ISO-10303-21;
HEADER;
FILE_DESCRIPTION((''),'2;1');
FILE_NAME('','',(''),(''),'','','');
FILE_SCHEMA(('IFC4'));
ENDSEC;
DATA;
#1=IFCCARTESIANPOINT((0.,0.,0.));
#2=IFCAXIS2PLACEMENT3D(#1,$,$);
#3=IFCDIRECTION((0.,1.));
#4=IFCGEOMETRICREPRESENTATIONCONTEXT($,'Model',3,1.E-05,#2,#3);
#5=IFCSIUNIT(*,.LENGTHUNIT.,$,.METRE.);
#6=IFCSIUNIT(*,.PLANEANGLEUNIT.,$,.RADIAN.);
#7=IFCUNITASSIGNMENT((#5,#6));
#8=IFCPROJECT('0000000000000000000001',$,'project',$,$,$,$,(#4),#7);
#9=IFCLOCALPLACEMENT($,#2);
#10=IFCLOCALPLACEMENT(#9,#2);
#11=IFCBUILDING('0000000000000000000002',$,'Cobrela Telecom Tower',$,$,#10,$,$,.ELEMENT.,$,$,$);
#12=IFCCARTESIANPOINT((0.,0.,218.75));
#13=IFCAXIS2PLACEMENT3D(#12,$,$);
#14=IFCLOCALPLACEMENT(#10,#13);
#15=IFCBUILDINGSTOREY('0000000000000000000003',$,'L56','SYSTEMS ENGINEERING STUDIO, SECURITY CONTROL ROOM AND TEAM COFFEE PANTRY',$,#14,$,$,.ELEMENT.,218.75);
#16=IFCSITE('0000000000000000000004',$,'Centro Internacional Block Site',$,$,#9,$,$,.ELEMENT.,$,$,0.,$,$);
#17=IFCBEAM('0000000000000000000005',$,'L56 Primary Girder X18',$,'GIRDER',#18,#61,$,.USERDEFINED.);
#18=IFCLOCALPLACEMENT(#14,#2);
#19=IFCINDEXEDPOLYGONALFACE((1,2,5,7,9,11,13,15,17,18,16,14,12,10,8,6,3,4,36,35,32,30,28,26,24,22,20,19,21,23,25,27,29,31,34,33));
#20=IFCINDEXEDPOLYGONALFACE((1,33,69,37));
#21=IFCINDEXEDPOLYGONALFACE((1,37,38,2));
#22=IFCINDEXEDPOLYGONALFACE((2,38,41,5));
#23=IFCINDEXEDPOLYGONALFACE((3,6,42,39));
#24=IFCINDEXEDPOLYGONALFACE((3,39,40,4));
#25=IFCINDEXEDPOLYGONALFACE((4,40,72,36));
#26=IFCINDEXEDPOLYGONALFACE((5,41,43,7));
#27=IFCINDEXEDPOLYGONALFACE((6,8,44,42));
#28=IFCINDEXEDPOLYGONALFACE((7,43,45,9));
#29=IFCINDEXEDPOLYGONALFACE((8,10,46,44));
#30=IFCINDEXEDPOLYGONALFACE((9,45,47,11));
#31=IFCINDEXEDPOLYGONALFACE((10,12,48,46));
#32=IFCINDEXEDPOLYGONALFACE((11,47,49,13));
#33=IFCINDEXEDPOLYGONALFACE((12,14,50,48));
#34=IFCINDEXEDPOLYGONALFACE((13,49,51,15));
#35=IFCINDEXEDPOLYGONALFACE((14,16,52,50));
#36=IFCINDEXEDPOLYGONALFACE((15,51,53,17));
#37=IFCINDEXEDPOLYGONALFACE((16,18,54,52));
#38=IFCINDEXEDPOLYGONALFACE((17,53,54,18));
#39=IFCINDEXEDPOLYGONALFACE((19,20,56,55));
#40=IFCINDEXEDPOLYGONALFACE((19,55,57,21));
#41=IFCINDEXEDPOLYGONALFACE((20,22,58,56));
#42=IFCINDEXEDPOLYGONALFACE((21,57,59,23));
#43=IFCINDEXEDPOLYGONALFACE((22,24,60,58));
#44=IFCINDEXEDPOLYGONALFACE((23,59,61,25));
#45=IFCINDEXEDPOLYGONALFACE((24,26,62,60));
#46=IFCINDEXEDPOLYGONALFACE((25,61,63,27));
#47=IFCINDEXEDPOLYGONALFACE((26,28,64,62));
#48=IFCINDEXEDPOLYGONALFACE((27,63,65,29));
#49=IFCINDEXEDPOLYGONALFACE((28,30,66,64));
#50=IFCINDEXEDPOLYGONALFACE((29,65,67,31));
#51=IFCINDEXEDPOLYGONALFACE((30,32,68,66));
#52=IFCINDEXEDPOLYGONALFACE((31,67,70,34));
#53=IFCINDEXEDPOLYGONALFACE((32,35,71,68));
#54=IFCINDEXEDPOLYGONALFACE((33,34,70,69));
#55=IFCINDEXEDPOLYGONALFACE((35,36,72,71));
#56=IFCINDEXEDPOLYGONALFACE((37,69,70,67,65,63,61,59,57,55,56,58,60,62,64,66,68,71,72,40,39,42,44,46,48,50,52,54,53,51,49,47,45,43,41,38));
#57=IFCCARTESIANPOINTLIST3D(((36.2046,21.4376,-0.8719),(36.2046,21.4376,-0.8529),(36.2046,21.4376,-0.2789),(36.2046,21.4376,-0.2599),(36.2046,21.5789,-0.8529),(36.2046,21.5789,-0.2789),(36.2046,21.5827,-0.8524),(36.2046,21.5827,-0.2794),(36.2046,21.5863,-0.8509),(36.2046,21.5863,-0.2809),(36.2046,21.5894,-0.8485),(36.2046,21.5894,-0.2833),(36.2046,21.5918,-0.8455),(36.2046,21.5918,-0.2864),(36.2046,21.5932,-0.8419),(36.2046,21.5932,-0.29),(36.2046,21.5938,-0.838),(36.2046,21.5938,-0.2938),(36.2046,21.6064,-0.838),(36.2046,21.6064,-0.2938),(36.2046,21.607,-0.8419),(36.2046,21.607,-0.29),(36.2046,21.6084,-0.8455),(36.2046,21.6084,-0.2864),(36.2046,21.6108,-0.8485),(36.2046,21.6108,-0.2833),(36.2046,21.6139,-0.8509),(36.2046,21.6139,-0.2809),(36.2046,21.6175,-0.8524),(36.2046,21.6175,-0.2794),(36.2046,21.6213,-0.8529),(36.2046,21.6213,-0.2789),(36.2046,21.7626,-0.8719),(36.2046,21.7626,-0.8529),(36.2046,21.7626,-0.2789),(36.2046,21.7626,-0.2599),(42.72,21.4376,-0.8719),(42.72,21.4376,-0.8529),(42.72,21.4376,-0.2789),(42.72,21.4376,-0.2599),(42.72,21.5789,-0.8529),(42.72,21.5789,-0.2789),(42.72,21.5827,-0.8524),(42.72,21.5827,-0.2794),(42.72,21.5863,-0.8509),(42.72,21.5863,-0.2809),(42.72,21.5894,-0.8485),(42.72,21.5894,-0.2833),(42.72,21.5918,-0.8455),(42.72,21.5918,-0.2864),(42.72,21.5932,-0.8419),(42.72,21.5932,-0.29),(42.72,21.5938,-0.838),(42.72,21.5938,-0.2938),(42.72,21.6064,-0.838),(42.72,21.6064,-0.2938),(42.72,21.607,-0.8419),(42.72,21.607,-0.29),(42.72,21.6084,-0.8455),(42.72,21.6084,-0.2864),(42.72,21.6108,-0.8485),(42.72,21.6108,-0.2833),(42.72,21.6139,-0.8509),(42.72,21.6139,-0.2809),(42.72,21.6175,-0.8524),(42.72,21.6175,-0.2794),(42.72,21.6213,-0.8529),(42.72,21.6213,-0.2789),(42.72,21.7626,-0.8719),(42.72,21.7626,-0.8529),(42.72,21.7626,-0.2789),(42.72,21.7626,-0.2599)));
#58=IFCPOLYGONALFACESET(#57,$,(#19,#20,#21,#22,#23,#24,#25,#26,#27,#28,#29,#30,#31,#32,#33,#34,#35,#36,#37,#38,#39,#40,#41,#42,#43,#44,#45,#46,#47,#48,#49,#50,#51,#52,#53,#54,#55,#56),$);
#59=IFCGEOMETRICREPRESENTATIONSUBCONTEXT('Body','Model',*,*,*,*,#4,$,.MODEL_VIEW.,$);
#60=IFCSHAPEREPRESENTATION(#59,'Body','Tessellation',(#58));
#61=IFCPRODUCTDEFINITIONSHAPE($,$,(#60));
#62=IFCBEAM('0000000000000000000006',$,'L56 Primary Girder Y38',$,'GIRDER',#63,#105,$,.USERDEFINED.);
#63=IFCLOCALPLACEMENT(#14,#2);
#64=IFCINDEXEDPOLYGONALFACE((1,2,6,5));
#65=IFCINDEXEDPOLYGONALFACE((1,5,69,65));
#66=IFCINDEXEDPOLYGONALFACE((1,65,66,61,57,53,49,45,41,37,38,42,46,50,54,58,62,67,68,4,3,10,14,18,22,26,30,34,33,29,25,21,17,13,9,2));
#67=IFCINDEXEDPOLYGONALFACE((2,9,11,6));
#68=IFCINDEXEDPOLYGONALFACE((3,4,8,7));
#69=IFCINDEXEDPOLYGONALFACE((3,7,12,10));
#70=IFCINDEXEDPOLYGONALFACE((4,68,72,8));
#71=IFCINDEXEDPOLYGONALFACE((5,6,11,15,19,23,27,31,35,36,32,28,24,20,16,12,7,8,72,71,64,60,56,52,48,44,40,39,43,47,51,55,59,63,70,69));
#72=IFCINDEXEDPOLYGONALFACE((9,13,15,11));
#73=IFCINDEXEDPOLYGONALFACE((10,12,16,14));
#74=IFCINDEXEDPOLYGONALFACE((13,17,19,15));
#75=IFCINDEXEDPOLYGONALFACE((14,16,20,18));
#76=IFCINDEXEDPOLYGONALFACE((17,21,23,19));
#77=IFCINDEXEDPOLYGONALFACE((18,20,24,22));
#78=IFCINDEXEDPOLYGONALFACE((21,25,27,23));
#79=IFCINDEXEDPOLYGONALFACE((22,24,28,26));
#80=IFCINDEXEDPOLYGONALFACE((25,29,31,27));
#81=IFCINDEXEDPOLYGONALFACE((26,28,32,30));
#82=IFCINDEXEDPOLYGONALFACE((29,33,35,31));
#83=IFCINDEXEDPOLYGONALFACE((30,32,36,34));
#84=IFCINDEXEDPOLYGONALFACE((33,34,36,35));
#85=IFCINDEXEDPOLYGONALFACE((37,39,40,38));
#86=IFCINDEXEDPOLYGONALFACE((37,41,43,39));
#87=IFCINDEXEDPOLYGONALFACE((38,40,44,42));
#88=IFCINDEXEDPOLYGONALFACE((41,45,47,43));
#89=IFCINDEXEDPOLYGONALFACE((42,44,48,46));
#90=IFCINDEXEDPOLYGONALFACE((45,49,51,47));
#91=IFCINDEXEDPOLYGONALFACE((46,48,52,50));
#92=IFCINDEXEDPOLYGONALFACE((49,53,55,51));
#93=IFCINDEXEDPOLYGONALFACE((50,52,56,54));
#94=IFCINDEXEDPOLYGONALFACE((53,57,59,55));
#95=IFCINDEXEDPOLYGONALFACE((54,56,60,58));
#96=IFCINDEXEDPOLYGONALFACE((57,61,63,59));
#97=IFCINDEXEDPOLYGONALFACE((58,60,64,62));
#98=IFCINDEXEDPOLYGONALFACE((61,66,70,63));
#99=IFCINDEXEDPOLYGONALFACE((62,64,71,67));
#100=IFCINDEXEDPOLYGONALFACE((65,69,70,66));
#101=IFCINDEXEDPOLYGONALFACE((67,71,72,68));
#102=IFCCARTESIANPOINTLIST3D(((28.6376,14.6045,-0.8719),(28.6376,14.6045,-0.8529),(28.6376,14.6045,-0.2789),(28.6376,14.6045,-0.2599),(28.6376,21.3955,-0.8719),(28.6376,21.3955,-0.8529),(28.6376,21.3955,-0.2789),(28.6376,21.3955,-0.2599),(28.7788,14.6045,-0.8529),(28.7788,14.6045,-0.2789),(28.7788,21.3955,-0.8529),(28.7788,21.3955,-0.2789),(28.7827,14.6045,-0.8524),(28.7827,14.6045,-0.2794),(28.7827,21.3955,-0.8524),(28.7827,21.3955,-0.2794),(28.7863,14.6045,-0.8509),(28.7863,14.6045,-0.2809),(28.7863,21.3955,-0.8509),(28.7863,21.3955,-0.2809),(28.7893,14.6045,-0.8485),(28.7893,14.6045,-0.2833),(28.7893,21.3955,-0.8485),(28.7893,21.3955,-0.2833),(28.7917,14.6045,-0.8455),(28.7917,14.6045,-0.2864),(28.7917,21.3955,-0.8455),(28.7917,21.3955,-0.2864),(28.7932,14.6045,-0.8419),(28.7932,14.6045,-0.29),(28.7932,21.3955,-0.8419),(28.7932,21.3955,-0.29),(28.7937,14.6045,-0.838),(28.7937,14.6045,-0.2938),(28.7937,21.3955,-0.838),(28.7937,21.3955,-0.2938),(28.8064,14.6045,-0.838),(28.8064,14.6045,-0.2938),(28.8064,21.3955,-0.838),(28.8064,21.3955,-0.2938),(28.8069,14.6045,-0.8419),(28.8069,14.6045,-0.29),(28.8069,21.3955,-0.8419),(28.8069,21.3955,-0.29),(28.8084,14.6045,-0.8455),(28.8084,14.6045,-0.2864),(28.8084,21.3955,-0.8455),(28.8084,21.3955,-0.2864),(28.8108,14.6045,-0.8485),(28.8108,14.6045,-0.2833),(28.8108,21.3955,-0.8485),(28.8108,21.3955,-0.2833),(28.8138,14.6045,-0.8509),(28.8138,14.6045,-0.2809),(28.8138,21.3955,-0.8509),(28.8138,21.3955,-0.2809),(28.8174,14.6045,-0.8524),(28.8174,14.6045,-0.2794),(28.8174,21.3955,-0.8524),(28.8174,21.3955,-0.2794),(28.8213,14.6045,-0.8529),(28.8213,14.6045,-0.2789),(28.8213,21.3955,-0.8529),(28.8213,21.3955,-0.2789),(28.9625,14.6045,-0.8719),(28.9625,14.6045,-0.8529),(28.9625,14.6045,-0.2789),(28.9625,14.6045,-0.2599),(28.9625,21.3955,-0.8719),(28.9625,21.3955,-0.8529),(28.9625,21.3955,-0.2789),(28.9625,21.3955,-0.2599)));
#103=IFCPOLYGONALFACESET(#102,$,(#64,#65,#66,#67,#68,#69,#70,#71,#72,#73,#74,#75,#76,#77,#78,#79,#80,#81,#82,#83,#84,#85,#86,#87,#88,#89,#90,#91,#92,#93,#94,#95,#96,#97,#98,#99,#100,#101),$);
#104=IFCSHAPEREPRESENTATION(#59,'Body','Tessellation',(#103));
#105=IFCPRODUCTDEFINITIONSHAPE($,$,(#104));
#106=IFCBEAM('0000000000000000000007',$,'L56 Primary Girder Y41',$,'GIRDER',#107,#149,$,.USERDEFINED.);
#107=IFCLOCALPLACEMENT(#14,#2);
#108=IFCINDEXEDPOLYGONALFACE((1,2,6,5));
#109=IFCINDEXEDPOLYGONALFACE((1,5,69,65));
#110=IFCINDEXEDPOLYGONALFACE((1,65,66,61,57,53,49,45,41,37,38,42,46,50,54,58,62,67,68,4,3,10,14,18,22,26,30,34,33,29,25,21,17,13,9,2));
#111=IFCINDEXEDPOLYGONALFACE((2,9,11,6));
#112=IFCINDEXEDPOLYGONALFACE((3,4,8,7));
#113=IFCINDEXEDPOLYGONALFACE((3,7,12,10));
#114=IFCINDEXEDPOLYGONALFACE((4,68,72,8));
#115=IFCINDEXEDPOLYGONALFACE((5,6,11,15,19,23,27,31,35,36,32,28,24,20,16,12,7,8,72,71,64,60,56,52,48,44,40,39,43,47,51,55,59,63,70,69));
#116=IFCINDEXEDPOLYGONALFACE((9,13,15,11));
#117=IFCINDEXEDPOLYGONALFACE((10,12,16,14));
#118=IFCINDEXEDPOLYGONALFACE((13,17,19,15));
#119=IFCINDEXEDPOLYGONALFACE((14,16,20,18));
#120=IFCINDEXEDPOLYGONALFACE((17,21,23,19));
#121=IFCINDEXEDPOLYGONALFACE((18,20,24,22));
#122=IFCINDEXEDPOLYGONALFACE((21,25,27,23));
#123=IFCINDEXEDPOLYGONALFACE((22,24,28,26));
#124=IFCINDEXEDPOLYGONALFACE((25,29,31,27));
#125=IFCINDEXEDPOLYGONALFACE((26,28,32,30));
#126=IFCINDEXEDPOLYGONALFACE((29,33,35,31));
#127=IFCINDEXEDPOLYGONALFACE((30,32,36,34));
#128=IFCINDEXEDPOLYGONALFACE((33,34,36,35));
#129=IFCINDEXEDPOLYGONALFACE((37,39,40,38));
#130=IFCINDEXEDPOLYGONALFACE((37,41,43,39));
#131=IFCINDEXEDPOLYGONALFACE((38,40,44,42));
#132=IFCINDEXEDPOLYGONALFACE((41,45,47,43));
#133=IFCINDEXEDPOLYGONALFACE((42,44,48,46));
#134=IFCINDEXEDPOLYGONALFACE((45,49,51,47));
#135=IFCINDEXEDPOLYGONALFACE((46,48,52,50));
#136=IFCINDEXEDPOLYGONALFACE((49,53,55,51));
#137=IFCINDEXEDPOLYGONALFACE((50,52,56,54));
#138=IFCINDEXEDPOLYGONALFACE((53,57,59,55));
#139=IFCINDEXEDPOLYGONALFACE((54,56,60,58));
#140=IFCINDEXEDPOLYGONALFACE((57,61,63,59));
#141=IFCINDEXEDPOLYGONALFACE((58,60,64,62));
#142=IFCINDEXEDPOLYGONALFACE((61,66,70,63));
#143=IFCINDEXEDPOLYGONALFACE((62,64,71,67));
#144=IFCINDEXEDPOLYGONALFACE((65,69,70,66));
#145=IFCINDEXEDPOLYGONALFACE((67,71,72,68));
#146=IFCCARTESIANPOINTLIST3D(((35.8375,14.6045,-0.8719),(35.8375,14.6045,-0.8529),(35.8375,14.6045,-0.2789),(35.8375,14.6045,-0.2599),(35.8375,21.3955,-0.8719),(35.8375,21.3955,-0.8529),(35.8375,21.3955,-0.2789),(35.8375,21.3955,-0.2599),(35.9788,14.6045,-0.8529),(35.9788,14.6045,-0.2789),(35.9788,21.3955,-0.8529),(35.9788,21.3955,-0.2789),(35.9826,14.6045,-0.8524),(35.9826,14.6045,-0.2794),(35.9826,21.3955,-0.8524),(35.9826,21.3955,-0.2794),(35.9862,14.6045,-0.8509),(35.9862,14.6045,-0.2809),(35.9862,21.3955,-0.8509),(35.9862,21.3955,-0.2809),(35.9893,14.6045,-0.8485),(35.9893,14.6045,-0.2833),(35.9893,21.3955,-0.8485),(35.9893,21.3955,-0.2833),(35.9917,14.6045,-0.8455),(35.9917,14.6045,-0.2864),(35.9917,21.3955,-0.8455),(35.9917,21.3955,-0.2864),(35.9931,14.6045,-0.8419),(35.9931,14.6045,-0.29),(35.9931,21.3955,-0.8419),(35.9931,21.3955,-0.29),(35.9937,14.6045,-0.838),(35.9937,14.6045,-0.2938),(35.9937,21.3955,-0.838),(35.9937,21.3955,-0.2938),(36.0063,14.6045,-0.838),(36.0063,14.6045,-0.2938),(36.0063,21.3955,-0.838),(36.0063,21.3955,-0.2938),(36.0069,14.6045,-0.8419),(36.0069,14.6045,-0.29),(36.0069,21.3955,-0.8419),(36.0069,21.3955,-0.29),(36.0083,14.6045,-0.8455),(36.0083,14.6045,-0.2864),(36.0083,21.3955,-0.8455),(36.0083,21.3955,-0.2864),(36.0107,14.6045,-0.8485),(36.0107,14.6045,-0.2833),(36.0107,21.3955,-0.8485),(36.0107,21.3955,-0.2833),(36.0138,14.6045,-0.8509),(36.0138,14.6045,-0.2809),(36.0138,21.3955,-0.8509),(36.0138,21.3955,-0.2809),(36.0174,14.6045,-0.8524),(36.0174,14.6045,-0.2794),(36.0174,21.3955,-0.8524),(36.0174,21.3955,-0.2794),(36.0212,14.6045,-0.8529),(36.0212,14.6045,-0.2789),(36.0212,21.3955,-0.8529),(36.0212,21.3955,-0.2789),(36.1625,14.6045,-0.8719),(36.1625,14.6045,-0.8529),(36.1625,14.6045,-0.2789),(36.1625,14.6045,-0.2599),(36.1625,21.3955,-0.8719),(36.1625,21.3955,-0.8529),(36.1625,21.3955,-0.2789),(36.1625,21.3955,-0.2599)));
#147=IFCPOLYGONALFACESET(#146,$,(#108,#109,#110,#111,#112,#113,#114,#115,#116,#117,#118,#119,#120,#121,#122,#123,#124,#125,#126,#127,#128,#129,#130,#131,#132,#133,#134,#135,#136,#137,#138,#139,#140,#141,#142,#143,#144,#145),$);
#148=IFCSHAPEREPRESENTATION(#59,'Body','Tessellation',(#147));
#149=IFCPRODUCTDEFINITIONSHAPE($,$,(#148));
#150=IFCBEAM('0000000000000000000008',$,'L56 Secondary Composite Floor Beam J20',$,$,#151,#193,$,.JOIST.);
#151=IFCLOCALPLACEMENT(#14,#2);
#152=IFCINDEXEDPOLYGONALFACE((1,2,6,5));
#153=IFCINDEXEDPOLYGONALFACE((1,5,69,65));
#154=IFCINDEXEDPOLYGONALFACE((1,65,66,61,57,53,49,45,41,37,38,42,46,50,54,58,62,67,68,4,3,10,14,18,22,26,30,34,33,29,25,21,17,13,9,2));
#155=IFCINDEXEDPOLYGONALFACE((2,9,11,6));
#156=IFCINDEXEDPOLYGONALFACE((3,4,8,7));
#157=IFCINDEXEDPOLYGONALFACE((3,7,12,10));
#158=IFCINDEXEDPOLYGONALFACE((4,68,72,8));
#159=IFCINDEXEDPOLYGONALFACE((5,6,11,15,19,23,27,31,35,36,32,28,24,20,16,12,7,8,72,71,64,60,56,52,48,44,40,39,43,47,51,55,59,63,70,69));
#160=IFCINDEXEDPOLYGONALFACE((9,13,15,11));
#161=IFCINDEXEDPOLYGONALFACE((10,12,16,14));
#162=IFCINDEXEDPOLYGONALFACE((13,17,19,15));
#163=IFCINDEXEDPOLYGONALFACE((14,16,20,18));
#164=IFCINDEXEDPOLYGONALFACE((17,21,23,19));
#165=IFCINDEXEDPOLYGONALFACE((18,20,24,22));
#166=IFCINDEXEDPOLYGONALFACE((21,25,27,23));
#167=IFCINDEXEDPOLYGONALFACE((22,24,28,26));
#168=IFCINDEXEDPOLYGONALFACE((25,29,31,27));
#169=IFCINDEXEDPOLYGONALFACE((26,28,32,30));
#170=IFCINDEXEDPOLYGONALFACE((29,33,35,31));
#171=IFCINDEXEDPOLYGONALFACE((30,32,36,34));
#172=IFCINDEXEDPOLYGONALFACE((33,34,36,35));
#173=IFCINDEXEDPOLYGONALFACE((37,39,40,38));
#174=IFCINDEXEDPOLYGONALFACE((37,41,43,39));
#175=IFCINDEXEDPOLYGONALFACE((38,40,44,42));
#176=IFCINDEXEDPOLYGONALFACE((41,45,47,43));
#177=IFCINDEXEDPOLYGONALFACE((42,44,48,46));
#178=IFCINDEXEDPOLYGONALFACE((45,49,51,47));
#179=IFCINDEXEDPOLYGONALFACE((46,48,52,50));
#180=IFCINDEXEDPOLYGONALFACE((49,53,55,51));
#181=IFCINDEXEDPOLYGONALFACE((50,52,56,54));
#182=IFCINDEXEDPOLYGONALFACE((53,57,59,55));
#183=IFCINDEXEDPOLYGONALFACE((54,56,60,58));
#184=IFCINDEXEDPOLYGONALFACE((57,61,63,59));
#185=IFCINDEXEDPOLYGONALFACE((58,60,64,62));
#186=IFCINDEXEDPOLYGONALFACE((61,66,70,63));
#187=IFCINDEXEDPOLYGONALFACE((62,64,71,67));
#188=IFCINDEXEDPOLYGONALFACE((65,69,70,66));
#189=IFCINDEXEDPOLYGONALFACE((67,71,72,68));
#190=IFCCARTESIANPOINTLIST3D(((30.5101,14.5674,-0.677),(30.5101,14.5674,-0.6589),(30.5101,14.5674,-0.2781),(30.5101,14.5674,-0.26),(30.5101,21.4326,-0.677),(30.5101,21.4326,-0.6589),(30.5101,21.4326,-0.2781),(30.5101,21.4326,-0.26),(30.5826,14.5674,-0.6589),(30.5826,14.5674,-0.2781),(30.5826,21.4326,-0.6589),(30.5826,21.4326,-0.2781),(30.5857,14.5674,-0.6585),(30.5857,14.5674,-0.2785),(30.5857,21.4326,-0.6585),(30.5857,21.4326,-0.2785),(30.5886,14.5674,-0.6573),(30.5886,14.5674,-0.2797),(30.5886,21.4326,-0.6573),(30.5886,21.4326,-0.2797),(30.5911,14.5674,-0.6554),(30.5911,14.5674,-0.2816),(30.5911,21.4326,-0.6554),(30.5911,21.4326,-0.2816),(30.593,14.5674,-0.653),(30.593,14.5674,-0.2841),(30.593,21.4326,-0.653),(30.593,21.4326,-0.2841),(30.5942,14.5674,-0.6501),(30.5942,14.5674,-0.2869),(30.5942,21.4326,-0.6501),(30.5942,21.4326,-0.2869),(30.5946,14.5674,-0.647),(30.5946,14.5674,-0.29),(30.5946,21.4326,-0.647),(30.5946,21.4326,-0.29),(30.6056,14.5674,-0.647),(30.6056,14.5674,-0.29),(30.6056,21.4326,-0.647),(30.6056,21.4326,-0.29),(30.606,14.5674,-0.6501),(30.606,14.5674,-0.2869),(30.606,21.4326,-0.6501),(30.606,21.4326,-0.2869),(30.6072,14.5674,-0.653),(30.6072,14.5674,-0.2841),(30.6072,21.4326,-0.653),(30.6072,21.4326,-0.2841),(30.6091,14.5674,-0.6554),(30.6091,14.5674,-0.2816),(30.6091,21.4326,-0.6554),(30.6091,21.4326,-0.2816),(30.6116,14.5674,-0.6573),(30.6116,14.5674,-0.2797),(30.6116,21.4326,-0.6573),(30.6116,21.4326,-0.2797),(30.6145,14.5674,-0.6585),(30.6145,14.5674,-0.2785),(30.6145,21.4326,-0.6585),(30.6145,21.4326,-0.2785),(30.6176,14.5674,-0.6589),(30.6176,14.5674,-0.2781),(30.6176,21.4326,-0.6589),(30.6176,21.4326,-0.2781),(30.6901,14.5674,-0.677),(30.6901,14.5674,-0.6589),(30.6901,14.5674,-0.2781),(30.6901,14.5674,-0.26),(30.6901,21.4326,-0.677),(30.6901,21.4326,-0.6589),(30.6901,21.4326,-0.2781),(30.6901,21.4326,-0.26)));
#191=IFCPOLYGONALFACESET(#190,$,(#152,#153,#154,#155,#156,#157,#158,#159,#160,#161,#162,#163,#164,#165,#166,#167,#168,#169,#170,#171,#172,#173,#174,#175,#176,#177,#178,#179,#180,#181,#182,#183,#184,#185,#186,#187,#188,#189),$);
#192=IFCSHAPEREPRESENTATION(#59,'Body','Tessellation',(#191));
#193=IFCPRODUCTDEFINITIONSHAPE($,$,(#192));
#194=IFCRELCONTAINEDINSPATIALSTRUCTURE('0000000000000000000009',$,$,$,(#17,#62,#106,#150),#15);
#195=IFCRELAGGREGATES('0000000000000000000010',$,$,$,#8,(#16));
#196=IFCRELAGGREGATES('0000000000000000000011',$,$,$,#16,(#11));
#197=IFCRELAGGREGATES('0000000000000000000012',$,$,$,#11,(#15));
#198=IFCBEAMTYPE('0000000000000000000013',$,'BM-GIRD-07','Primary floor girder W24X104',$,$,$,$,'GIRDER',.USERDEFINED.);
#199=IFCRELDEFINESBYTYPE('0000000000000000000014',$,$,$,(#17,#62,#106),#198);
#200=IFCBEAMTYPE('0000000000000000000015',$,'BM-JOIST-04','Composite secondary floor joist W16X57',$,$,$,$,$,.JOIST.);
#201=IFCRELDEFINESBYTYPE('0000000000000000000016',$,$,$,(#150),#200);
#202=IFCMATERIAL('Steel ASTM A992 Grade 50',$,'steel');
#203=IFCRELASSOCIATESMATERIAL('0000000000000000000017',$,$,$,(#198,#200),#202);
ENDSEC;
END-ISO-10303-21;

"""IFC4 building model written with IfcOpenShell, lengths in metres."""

from ifc_helpers import new_model, si_unit, direction, frame, origin, origin_2d, place, context, subcontext, project, spatial, i_section, extrude, material, material_profile, profile_set, type_object, element, save


model = new_model("IFC4")

# Units and contexts
model_context = context("Model", 3, precision=1e-05, world=origin(), true_north=direction((0.0, 1.0)))
body_context = subcontext(model_context, "Body", "Model", "MODEL_VIEW")
ifc_project = project(units=[si_unit("LENGTHUNIT", "METRE"), si_unit("PLANEANGLEUNIT", "RADIAN")], contexts=[model_context])

# Site, building, storey
site_placement = place(None, origin())
site = spatial("IfcSite", under=ifc_project, at=site_placement, Name="Centro Internacional Block Site", CompositionType="ELEMENT", RefElevation=0.0)
building_placement = place(site_placement, origin())
building = spatial("IfcBuilding", under=site, at=building_placement, Name="Cobrela Telecom Tower", CompositionType="ELEMENT")
storey_placement = place(building_placement, frame((0.0, 0.0, 218.75)))
storey = spatial("IfcBuildingStorey", under=building, at=storey_placement, Name="L56", Description="SYSTEMS ENGINEERING STUDIO, SECURITY CONTROL ROOM AND TEAM COFFEE PANTRY", CompositionType="ELEMENT", Elevation=218.75)

# Shared definitions
ifc_material_1 = material(Name="Steel ASTM A992 Grade 50", Category="steel")

# Beams
ifc_material_profile_1 = material_profile(ifc_material_1, i_section(OverallWidth=0.325, OverallDepth=0.6121, WebThickness=0.0127, FlangeThickness=0.019, FilletRadius=0.0149, at=origin_2d()), Name="W24X104")
ifc_profile_set_1 = profile_set([ifc_material_profile_1], Name="Steel ASTM A992 Grade 50")
beam_type_1 = type_object("IfcBeamType", Name="BM-GIRD-07", Description="Primary floor girder W24X104", ElementType="GIRDER", PredefinedType="USERDEFINED", material=ifc_profile_set_1)
beam_1_placement = place(storey_placement, frame((36.2046, 21.6001, -0.5659), z_axis=(1.0, 0.0, 0.0), x_axis=(0.0, 1.0, 0.0)))
element("IfcBeam", 1, at=beam_1_placement, inside=storey, type_object=beam_type_1, Name="L56 Primary Girder X18", ObjectType="GIRDER", PredefinedType="USERDEFINED", context=body_context, shape_type="SweptSolid", body=[
    extrude(i_section(OverallWidth=0.325, OverallDepth=0.6121, WebThickness=0.0127, FlangeThickness=0.019, FilletRadius=0.0149, at=origin_2d()), origin(), (0.0, 0.0, 1.0), 6.5154),
])
for number, where, z_axis, x_axis, name in (
    (2, (28.8, 14.6045, -0.5659), (0.0, 1.0, 0.0), (-1.0, 0.0, 0.0), "L56 Primary Girder Y38"),
    (3, (36.0, 14.6045, -0.5659), (0.0, 1.0, 0.0), (-1.0, 0.0, 0.0), "L56 Primary Girder Y41"),
):
    element("IfcBeam", number, at=place(storey_placement, frame(where, z_axis=z_axis, x_axis=x_axis)), inside=storey, type_object=beam_type_1, Name=name, ObjectType="GIRDER", PredefinedType="USERDEFINED", context=body_context, shape_type="SweptSolid", body=[
        extrude(i_section(OverallWidth=0.325, OverallDepth=0.6121, WebThickness=0.0127, FlangeThickness=0.019, FilletRadius=0.0149, at=origin_2d()), origin(), (0.0, 0.0, 1.0), 6.791),
    ])
ifc_material_profile_2 = material_profile(ifc_material_1, i_section(OverallWidth=0.1799, OverallDepth=0.417, WebThickness=0.011, FlangeThickness=0.0181, FilletRadius=0.012, at=origin_2d()), Name="W16X57")
ifc_profile_set_2 = profile_set([ifc_material_profile_2], Name="Steel ASTM A992 Grade 50")
beam_type_2 = type_object("IfcBeamType", Name="BM-JOIST-04", Description="Composite secondary floor joist W16X57", PredefinedType="JOIST", material=ifc_profile_set_2)
for number, where, z_axis, x_axis, name in (
    (4, (30.6001, 14.5674, -0.4685), (0.0, 1.0, 0.0), (-1.0, 0.0, 0.0), "L56 Secondary Composite Floor Beam J20"),
):
    element("IfcBeam", number, at=place(storey_placement, frame(where, z_axis=z_axis, x_axis=x_axis)), inside=storey, type_object=beam_type_2, Name=name, PredefinedType="JOIST", context=body_context, shape_type="SweptSolid", body=[
        extrude(i_section(OverallWidth=0.1799, OverallDepth=0.417, WebThickness=0.011, FlangeThickness=0.0181, FilletRadius=0.012, at=origin_2d()), origin(), (0.0, 0.0, 1.0), 6.8652),
    ])

save(model, "model.ifc")
